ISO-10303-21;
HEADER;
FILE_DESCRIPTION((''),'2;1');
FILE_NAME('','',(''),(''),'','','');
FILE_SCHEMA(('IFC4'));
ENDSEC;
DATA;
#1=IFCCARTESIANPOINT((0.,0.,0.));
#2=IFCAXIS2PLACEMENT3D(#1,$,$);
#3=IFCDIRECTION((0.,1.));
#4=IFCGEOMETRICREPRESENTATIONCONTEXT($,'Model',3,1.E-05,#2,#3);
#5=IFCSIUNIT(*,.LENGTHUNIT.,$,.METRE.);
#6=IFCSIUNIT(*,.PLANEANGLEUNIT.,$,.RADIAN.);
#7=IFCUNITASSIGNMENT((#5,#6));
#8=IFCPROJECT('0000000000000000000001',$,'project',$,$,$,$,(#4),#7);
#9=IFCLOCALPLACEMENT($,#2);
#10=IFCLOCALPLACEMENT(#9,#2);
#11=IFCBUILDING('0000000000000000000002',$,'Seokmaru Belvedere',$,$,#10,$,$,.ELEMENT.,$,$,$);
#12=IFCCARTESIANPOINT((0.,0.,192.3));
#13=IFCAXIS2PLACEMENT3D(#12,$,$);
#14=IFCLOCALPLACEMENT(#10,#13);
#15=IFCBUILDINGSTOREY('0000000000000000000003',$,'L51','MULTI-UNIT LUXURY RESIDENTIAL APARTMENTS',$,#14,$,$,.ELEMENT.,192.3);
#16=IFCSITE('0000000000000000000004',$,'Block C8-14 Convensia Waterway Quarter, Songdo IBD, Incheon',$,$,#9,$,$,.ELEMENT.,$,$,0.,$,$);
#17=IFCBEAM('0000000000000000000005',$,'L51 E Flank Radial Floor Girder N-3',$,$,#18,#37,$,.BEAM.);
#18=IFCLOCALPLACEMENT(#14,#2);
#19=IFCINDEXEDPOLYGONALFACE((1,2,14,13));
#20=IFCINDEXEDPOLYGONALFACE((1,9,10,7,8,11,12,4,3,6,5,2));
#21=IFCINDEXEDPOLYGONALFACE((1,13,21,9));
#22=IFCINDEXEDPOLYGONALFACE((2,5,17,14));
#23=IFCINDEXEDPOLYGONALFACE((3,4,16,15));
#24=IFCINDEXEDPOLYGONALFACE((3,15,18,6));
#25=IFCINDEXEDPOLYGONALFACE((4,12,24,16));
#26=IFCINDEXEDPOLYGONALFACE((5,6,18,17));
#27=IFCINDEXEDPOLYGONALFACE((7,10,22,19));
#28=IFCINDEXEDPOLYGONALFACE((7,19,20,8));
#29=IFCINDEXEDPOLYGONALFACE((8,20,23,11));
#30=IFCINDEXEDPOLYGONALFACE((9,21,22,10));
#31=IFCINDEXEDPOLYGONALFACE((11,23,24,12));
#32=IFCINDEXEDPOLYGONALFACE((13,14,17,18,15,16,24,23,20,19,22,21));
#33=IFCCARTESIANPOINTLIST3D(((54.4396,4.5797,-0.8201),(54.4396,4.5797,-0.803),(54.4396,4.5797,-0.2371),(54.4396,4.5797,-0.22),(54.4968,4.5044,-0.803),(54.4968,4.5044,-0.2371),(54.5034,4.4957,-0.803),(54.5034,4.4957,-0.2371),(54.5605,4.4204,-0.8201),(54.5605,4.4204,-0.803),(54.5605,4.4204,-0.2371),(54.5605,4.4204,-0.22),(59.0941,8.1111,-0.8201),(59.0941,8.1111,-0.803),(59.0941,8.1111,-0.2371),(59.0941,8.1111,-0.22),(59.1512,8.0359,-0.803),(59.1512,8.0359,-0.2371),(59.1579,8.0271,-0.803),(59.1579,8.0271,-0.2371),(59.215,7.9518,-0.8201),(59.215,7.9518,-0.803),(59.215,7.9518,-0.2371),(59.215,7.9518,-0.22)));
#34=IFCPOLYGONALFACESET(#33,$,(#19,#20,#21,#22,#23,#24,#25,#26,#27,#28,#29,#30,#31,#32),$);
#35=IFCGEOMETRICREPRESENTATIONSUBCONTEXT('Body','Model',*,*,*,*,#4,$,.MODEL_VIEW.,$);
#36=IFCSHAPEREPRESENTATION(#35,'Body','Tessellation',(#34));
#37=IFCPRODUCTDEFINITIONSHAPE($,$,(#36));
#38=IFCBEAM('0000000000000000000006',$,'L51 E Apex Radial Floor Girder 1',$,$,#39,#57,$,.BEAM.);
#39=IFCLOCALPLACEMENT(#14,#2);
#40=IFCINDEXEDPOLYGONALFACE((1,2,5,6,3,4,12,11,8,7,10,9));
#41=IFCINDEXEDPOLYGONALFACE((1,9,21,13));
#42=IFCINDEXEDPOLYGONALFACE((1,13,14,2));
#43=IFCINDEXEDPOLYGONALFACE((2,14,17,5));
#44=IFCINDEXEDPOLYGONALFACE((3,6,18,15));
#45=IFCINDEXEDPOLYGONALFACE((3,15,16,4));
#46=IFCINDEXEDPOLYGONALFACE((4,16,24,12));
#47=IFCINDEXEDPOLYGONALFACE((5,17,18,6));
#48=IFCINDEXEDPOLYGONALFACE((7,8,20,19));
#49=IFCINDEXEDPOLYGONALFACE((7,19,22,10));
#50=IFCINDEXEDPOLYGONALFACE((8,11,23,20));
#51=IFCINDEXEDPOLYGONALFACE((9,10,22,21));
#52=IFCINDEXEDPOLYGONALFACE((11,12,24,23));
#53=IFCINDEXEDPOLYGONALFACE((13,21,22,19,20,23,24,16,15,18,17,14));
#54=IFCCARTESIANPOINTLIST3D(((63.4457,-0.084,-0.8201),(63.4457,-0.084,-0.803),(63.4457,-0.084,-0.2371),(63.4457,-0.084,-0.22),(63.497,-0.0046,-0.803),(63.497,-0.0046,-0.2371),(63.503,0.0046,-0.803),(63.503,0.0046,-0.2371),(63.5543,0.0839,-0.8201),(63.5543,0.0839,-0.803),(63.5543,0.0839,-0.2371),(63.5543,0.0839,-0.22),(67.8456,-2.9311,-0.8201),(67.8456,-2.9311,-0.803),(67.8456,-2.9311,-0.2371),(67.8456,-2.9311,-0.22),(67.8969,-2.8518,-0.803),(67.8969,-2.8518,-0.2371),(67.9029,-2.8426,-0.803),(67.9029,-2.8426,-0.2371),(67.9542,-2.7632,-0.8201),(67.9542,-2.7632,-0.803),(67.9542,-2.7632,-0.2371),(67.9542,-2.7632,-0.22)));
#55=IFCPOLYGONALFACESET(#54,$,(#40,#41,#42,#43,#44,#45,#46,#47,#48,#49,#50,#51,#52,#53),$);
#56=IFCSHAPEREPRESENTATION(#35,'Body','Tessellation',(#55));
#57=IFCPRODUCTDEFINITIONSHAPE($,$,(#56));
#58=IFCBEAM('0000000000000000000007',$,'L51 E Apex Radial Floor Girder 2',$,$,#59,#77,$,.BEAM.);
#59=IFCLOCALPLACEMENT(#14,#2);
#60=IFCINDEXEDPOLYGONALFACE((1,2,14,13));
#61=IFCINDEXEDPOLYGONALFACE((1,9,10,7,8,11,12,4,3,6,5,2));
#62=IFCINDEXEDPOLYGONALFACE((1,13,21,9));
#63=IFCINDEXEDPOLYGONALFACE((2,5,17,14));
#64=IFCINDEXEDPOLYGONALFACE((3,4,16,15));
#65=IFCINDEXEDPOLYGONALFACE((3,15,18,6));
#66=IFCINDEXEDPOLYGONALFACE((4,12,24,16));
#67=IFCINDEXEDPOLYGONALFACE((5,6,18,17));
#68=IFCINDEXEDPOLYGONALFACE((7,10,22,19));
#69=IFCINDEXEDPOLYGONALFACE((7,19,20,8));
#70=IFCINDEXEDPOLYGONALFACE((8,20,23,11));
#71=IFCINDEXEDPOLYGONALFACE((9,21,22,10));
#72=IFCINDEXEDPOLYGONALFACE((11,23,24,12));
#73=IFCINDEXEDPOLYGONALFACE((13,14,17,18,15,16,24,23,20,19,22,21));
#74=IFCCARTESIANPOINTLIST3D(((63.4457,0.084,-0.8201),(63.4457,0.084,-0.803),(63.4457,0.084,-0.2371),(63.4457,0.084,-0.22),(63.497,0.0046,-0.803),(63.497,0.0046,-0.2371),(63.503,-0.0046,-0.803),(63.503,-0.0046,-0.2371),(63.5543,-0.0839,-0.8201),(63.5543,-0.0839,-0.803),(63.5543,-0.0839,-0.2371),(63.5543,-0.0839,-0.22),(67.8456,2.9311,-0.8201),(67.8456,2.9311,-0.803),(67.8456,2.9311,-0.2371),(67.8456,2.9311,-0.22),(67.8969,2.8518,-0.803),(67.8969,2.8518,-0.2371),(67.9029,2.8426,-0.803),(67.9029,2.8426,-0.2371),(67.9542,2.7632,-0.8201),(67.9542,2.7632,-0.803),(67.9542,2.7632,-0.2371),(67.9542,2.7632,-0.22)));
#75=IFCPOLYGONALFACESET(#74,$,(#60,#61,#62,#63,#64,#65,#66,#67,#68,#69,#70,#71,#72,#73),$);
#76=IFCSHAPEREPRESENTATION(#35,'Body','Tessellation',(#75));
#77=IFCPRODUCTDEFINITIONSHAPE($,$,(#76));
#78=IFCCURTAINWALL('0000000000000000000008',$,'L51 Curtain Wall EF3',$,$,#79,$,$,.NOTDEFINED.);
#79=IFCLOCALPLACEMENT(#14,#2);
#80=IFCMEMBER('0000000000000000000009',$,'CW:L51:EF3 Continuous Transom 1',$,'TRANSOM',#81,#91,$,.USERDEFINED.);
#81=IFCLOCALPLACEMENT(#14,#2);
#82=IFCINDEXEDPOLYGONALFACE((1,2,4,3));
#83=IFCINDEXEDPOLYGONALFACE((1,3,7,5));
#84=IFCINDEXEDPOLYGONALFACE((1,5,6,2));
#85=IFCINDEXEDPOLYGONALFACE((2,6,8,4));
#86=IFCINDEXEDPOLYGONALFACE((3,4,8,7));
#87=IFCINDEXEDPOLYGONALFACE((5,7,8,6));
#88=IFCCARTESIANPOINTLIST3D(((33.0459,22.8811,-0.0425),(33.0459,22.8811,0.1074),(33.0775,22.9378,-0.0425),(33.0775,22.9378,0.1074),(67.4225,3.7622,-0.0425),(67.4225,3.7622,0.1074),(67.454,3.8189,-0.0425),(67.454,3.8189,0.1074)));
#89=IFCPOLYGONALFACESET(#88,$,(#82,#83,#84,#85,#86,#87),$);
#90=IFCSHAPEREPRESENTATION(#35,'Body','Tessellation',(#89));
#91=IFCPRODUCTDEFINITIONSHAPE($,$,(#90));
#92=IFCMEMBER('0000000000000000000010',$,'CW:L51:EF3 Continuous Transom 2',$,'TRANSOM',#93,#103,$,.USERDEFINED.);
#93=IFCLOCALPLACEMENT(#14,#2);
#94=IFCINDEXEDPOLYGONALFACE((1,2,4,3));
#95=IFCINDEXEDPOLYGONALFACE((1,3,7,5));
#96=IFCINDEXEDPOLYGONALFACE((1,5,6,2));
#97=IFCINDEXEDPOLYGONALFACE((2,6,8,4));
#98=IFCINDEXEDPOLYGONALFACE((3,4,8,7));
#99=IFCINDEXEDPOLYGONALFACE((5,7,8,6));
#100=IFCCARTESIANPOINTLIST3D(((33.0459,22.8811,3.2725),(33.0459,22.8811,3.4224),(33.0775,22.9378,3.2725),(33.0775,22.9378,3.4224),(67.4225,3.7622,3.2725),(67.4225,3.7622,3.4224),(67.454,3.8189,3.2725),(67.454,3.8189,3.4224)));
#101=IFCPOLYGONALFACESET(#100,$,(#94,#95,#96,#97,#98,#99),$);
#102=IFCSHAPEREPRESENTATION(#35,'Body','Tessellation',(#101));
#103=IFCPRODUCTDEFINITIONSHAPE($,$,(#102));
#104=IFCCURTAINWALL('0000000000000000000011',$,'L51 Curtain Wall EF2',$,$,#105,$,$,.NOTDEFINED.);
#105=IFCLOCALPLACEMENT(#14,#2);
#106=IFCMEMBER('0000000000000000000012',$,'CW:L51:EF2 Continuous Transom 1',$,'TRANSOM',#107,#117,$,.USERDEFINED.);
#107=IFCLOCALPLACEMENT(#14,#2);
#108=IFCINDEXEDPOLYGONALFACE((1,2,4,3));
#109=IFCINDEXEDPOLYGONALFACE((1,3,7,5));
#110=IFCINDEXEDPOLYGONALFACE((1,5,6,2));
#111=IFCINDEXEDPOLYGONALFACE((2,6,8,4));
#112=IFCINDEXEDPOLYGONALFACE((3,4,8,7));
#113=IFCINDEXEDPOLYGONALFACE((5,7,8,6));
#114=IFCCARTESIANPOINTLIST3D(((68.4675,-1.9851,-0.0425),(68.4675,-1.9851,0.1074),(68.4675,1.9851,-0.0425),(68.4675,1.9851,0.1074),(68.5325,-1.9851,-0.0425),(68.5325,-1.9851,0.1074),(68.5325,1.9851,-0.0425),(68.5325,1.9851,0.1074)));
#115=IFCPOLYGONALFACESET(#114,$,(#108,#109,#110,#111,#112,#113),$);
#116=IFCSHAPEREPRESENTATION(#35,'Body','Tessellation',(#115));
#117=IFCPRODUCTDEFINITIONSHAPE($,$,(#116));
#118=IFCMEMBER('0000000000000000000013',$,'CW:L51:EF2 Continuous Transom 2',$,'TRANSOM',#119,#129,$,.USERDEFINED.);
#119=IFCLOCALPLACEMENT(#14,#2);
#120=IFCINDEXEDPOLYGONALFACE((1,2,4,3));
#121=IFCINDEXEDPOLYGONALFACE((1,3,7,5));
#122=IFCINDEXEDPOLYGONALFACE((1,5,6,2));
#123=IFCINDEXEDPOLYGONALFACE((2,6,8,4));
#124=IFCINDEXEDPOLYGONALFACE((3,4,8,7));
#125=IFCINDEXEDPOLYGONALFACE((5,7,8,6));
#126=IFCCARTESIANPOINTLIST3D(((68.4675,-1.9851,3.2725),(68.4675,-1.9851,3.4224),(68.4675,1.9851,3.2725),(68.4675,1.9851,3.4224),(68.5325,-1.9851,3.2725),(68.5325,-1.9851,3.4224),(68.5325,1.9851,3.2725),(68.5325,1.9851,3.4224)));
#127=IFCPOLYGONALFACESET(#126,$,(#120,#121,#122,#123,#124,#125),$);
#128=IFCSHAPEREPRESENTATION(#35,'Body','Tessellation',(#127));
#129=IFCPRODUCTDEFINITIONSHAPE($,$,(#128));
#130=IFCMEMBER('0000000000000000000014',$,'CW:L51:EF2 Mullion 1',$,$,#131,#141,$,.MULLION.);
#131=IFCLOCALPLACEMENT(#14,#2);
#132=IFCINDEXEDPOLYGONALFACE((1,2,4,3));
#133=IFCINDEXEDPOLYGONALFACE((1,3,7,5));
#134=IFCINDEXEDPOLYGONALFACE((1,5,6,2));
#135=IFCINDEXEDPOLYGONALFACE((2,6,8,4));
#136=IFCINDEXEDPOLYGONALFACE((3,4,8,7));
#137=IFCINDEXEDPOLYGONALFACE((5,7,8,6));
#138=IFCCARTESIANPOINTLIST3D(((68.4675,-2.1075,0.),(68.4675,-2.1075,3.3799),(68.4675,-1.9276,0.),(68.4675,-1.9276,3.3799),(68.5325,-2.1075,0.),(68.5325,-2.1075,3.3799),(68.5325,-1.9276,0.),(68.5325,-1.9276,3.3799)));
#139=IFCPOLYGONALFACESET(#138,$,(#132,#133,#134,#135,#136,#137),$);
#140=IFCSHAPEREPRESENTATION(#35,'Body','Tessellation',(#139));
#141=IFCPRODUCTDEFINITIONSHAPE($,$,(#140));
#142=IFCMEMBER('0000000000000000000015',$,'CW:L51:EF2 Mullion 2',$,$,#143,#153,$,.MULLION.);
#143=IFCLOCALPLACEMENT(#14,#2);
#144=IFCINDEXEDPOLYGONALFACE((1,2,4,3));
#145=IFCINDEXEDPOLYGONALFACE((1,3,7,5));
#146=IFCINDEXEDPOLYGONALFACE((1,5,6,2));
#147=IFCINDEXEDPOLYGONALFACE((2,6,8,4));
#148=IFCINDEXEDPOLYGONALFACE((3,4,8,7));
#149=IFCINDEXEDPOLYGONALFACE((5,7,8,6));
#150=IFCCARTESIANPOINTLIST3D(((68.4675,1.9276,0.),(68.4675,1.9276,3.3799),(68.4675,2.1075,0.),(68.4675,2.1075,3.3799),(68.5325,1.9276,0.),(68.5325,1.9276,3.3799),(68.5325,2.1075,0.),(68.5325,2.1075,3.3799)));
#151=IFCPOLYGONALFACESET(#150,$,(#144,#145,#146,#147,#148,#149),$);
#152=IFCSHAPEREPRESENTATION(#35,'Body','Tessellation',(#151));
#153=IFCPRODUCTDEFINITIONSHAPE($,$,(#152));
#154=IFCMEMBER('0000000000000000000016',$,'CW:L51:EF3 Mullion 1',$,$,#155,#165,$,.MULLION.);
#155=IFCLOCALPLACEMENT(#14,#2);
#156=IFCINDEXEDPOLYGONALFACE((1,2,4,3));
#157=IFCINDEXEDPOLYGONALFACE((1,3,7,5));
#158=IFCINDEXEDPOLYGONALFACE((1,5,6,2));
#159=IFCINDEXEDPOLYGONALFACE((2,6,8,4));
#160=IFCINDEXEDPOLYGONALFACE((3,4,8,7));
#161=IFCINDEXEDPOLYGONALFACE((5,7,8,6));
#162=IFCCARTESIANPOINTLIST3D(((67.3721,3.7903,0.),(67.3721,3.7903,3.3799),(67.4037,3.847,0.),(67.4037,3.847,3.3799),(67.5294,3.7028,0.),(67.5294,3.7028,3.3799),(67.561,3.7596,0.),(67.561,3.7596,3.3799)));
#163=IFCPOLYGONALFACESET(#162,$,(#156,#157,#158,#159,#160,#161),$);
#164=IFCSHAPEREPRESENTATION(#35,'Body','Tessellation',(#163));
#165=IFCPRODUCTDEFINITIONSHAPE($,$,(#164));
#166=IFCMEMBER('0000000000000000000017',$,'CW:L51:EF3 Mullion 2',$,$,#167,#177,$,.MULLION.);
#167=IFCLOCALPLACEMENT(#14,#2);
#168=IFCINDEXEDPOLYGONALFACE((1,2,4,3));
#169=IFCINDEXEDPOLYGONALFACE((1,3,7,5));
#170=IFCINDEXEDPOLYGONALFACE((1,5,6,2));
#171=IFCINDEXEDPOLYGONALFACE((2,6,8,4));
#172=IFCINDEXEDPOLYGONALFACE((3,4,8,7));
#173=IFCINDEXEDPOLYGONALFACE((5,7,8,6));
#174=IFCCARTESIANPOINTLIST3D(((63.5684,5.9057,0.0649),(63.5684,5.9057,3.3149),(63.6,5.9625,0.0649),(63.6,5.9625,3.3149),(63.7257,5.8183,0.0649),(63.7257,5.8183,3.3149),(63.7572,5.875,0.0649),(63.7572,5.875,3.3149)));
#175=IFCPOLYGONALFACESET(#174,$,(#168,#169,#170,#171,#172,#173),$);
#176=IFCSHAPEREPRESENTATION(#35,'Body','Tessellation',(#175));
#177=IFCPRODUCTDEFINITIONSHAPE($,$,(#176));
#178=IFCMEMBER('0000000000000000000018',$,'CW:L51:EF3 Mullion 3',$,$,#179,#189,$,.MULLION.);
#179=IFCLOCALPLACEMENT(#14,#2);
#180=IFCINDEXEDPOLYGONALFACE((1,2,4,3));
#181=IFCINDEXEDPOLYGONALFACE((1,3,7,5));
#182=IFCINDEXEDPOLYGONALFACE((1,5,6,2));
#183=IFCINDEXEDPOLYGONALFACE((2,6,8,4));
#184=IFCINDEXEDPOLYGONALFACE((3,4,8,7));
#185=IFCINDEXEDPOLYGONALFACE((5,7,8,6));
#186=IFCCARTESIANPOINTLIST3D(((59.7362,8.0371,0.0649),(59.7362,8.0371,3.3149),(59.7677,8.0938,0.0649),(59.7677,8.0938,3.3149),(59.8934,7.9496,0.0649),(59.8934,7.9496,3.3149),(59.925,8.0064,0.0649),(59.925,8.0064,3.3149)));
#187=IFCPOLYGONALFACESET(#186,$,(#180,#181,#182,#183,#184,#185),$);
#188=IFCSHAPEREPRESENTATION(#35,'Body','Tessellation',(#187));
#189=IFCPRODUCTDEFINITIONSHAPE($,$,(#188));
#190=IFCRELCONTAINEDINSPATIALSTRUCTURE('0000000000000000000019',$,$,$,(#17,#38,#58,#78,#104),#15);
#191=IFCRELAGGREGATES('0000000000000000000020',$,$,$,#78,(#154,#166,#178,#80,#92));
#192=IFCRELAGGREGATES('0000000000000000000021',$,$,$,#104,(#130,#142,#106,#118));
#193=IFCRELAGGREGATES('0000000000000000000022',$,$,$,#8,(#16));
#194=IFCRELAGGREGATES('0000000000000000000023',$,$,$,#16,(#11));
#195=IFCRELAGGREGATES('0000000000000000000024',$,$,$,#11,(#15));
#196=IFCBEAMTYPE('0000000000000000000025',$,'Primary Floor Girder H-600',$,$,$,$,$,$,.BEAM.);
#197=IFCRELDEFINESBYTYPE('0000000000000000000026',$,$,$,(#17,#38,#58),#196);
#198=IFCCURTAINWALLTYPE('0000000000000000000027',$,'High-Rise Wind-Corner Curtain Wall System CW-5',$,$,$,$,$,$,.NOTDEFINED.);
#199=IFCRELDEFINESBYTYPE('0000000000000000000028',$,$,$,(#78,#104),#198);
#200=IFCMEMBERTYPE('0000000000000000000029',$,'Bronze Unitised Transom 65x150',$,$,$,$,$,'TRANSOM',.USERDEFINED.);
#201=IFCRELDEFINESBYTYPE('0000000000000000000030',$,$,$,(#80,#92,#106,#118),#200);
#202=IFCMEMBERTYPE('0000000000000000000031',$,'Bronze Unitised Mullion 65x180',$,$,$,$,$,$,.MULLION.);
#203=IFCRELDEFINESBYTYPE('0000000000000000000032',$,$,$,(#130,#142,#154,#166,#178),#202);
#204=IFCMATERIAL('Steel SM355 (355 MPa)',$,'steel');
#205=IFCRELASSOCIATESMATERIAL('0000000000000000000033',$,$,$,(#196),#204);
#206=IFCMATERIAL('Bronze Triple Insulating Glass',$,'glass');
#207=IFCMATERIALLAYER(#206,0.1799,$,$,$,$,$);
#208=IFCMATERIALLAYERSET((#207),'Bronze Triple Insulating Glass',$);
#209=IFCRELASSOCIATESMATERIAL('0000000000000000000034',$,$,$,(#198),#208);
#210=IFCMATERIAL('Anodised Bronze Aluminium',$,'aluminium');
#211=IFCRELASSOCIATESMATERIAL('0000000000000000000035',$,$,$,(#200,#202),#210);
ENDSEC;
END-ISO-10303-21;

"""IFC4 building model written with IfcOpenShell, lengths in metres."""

from ifc_helpers import new_model, si_unit, direction, frame, origin, origin_2d, place, context, subcontext, project, spatial, rectangle, i_section, extrude, source, transform, mapped, material, layer, layer_set, material_profile, profile_set, type_object, type_shapes, element, aggregate, save


model = new_model("IFC4")

# Units and contexts
model_context = context("Model", 3, precision=1e-05, world=origin(), true_north=direction((0.0, 1.0)))
body_context = subcontext(model_context, "Body", "Model", "MODEL_VIEW")
ifc_project = project(units=[si_unit("LENGTHUNIT", "METRE"), si_unit("PLANEANGLEUNIT", "RADIAN")], contexts=[model_context])

# Site, building, storey
site_placement = place(None, origin())
site = spatial("IfcSite", under=ifc_project, at=site_placement, Name="Block C8-14 Convensia Waterway Quarter, Songdo IBD, Incheon", CompositionType="ELEMENT", RefElevation=0.0)
building_placement = place(site_placement, origin())
building = spatial("IfcBuilding", under=site, at=building_placement, Name="Seokmaru Belvedere", CompositionType="ELEMENT")
storey_placement = place(building_placement, frame((0.0, 0.0, 192.3)))
storey = spatial("IfcBuildingStorey", under=building, at=storey_placement, Name="L51", Description="MULTI-UNIT LUXURY RESIDENTIAL APARTMENTS", CompositionType="ELEMENT", Elevation=192.3)

# Shared definitions
ifc_material_1 = material(Name="Steel SM355 (355 MPa)", Category="steel")

# Beams
ifc_material_profile_1 = material_profile(ifc_material_1, i_section(OverallWidth=0.2, OverallDepth=0.6001, WebThickness=0.011, FlangeThickness=0.0171, at=origin_2d()), Name="H-600x200x11x17")
ifc_profile_set_1 = profile_set([ifc_material_profile_1], Name="Steel SM355 (355 MPa)")
beam_type_1 = type_object("IfcBeamType", Name="Primary Floor Girder H-600", PredefinedType="BEAM", material=ifc_profile_set_1)
shared_shape_1 = source(origin(), body_context, "Body", "SweptSolid", [
    extrude(i_section(OverallWidth=0.2, OverallDepth=0.6001, WebThickness=0.011, FlangeThickness=0.0171, at=origin_2d()), origin(), (0.0, 0.0, 1.0), 5.8425),
])
beam_1_placement = place(storey_placement, frame((59.1545, 8.0315, -0.52), z_axis=(-0.796653, -0.604437, 0.0), x_axis=(0.604437, -0.796653, 0.0)))
element("IfcBeam", 1, at=beam_1_placement, inside=storey, type_object=beam_type_1, Name="L51 E Flank Radial Floor Girder N-3", PredefinedType="BEAM", context=body_context, shape_type="MappedRepresentation", body=[
    mapped(shared_shape_1, transform((0.0, 0.0, 0.0), scale=1.0)),
])
shared_shape_2 = source(origin(), body_context, "Body", "SweptSolid", [
    extrude(i_section(OverallWidth=0.2, OverallDepth=0.6001, WebThickness=0.011, FlangeThickness=0.0171, at=origin_2d()), origin(), (0.0, 0.0, 1.0), 5.2407),
])
for number, where, z_axis, x_axis, name in (
    (2, (67.8999, -2.8472, -0.52), (-0.839555, 0.543274, 0.0), (-0.543274, -0.839555, 0.0), "L51 E Apex Radial Floor Girder 1"),
    (3, (67.8999, 2.8472, -0.52), (-0.839555, -0.543274, 0.0), (0.543274, -0.839555, 0.0), "L51 E Apex Radial Floor Girder 2"),
):
    element("IfcBeam", number, at=place(storey_placement, frame(where, z_axis=z_axis, x_axis=x_axis)), inside=storey, type_object=beam_type_1, Name=name, PredefinedType="BEAM", context=body_context, shape_type="MappedRepresentation", body=[
        mapped(shared_shape_2, transform((0.0, 0.0, 0.0), scale=1.0)),
    ])

# Curtain walls, members
ifc_material_2 = material(Name="Bronze Triple Insulating Glass", Category="glass")
ifc_layer_1 = layer(ifc_material_2, 0.1799)
ifc_layer_set_1 = layer_set([ifc_layer_1], Name="Bronze Triple Insulating Glass")
curtain_wall_type = type_object("IfcCurtainWallType", Name="High-Rise Wind-Corner Curtain Wall System CW-5", PredefinedType="NOTDEFINED", material=ifc_layer_set_1)
curtain_wall_1_placement = place(storey_placement, origin())
curtain_wall_1 = element("IfcCurtainWall", 4, at=curtain_wall_1_placement, inside=storey, type_object=curtain_wall_type, Name="L51 Curtain Wall EF3", PredefinedType="NOTDEFINED")
ifc_material_3 = material(Name="Anodised Bronze Aluminium", Category="aluminium")
ifc_material_profile_2 = material_profile(ifc_material_3, rectangle(XDim=0.0649, YDim=0.1499, at=origin_2d()), Name="CW-T-65x150")
ifc_profile_set_2 = profile_set([ifc_material_profile_2], Name="Anodised Bronze Aluminium")
member_type_1 = type_object("IfcMemberType", Name="Bronze Unitised Transom 65x150", ElementType="TRANSOM", PredefinedType="USERDEFINED", material=ifc_profile_set_2)
shared_shape_3 = source(origin(), body_context, "Body", "SweptSolid", [
    extrude(rectangle(XDim=0.0649, YDim=0.1499, at=origin_2d()), origin(), (0.0, 0.0, 1.0), 39.3354),
])
member_1_placement = place(storey_placement, frame((67.4382, 3.7905, 0.0325), z_axis=(-0.873932, 0.486048, 0.0), x_axis=(-0.486048, -0.873932, 0.0)))
member_1 = element("IfcMember", 5, at=member_1_placement, type_object=member_type_1, Name="CW:L51:EF3 Continuous Transom 1", ObjectType="TRANSOM", PredefinedType="USERDEFINED", context=body_context, shape_type="MappedRepresentation", body=[
    mapped(shared_shape_3, transform((0.0, 0.0, 0.0), scale=1.0)),
])
member_2_placement = place(storey_placement, frame((67.4382, 3.7905, 3.3474), z_axis=(-0.873932, 0.486048, 0.0), x_axis=(-0.486048, -0.873932, 0.0)))
member_2 = element("IfcMember", 6, at=member_2_placement, type_object=member_type_1, Name="CW:L51:EF3 Continuous Transom 2", ObjectType="TRANSOM", PredefinedType="USERDEFINED", context=body_context, shape_type="MappedRepresentation", body=[
    mapped(shared_shape_3, transform((0.0, 0.0, 0.0), scale=1.0)),
])
curtain_wall_2_placement = place(storey_placement, origin())
curtain_wall_2 = element("IfcCurtainWall", 7, at=curtain_wall_2_placement, inside=storey, type_object=curtain_wall_type, Name="L51 Curtain Wall EF2", PredefinedType="NOTDEFINED")
shared_shape_4 = source(origin(), body_context, "Body", "SweptSolid", [
    extrude(rectangle(XDim=0.0649, YDim=0.1499, at=origin_2d()), origin(), (0.0, 0.0, 1.0), 3.9702),
])
type_shapes(member_type_1, [shared_shape_3, shared_shape_4])
member_3_placement = place(storey_placement, frame((68.5, -1.9851, 0.0325), z_axis=(0.0, 1.0, 0.0), x_axis=(-1.0, 0.0, 0.0)))
member_3 = element("IfcMember", 8, at=member_3_placement, type_object=member_type_1, Name="CW:L51:EF2 Continuous Transom 1", ObjectType="TRANSOM", PredefinedType="USERDEFINED", context=body_context, shape_type="MappedRepresentation", body=[
    mapped(shared_shape_4, transform((0.0, 0.0, 0.0), scale=1.0)),
])
member_4_placement = place(storey_placement, frame((68.5, -1.9851, 3.3474), z_axis=(0.0, 1.0, 0.0), x_axis=(-1.0, 0.0, 0.0)))
member_4 = element("IfcMember", 9, at=member_4_placement, type_object=member_type_1, Name="CW:L51:EF2 Continuous Transom 2", ObjectType="TRANSOM", PredefinedType="USERDEFINED", context=body_context, shape_type="MappedRepresentation", body=[
    mapped(shared_shape_4, transform((0.0, 0.0, 0.0), scale=1.0)),
])
ifc_material_profile_3 = material_profile(ifc_material_3, rectangle(XDim=0.0649, YDim=0.1799, at=origin_2d()), Name="CW-M-65x180")
ifc_profile_set_3 = profile_set([ifc_material_profile_3], Name="Anodised Bronze Aluminium")
member_type_2 = type_object("IfcMemberType", Name="Bronze Unitised Mullion 65x180", PredefinedType="MULLION", material=ifc_profile_set_3)
shared_shape_5 = source(origin(), body_context, "Body", "SweptSolid", [
    extrude(rectangle(XDim=0.0649, YDim=0.1799, at=origin_2d()), origin(), (0.0, 0.0, 1.0), 3.3799),
])
member_5_placement = place(storey_placement, frame((68.5, -2.0176, 0.0), z_axis=(0.0, 0.0, 1.0), x_axis=(-1.0, 0.0, 0.0)))
member_5 = element("IfcMember", 10, at=member_5_placement, type_object=member_type_2, Name="CW:L51:EF2 Mullion 1", PredefinedType="MULLION", context=body_context, shape_type="MappedRepresentation", body=[
    mapped(shared_shape_5, transform((0.0, 0.0, 0.0), scale=1.0)),
])
member_6_placement = place(storey_placement, frame((68.5, 2.0176, 0.0), z_axis=(0.0, 0.0, 1.0), x_axis=(-1.0, 0.0, 0.0)))
member_6 = element("IfcMember", 11, at=member_6_placement, type_object=member_type_2, Name="CW:L51:EF2 Mullion 2", PredefinedType="MULLION", context=body_context, shape_type="MappedRepresentation", body=[
    mapped(shared_shape_5, transform((0.0, 0.0, 0.0), scale=1.0)),
])

# Members
member_7_placement = place(storey_placement, frame((67.4666, 3.7749, 0.0), z_axis=(0.0, 0.0, 1.0), x_axis=(-0.486047, -0.873933, 0.0)))
member_7 = element("IfcMember", 12, at=member_7_placement, type_object=member_type_2, Name="CW:L51:EF3 Mullion 1", PredefinedType="MULLION", context=body_context, shape_type="MappedRepresentation", body=[
    mapped(shared_shape_5, transform((0.0, 0.0, 0.0), scale=1.0)),
])
shared_shape_6 = source(origin(), body_context, "Body", "SweptSolid", [
    extrude(rectangle(XDim=0.0649, YDim=0.1799, at=origin_2d()), origin(), (0.0, 0.0, 1.0), 3.25),
])
type_shapes(member_type_2, [shared_shape_5, shared_shape_6])
member_8_placement = place(storey_placement, frame((63.6628, 5.8904, 0.0649), z_axis=(0.0, 0.0, 1.0), x_axis=(-0.486047, -0.873933, 0.0)))
member_8 = element("IfcMember", 13, at=member_8_placement, type_object=member_type_2, Name="CW:L51:EF3 Mullion 2", PredefinedType="MULLION", context=body_context, shape_type="MappedRepresentation", body=[
    mapped(shared_shape_6, transform((0.0, 0.0, 0.0), scale=1.0)),
])
member_9_placement = place(storey_placement, frame((59.8306, 8.0217, 0.0649), z_axis=(0.0, 0.0, 1.0), x_axis=(-0.486047, -0.873933, 0.0)))
member_9 = element("IfcMember", 14, at=member_9_placement, type_object=member_type_2, Name="CW:L51:EF3 Mullion 3", PredefinedType="MULLION", context=body_context, shape_type="MappedRepresentation", body=[
    mapped(shared_shape_6, transform((0.0, 0.0, 0.0), scale=1.0)),
])

aggregate(curtain_wall_1, [member_7, member_8, member_9, member_1, member_2])
aggregate(curtain_wall_2, [member_5, member_6, member_3, member_4])

save(model, "model.ifc")
